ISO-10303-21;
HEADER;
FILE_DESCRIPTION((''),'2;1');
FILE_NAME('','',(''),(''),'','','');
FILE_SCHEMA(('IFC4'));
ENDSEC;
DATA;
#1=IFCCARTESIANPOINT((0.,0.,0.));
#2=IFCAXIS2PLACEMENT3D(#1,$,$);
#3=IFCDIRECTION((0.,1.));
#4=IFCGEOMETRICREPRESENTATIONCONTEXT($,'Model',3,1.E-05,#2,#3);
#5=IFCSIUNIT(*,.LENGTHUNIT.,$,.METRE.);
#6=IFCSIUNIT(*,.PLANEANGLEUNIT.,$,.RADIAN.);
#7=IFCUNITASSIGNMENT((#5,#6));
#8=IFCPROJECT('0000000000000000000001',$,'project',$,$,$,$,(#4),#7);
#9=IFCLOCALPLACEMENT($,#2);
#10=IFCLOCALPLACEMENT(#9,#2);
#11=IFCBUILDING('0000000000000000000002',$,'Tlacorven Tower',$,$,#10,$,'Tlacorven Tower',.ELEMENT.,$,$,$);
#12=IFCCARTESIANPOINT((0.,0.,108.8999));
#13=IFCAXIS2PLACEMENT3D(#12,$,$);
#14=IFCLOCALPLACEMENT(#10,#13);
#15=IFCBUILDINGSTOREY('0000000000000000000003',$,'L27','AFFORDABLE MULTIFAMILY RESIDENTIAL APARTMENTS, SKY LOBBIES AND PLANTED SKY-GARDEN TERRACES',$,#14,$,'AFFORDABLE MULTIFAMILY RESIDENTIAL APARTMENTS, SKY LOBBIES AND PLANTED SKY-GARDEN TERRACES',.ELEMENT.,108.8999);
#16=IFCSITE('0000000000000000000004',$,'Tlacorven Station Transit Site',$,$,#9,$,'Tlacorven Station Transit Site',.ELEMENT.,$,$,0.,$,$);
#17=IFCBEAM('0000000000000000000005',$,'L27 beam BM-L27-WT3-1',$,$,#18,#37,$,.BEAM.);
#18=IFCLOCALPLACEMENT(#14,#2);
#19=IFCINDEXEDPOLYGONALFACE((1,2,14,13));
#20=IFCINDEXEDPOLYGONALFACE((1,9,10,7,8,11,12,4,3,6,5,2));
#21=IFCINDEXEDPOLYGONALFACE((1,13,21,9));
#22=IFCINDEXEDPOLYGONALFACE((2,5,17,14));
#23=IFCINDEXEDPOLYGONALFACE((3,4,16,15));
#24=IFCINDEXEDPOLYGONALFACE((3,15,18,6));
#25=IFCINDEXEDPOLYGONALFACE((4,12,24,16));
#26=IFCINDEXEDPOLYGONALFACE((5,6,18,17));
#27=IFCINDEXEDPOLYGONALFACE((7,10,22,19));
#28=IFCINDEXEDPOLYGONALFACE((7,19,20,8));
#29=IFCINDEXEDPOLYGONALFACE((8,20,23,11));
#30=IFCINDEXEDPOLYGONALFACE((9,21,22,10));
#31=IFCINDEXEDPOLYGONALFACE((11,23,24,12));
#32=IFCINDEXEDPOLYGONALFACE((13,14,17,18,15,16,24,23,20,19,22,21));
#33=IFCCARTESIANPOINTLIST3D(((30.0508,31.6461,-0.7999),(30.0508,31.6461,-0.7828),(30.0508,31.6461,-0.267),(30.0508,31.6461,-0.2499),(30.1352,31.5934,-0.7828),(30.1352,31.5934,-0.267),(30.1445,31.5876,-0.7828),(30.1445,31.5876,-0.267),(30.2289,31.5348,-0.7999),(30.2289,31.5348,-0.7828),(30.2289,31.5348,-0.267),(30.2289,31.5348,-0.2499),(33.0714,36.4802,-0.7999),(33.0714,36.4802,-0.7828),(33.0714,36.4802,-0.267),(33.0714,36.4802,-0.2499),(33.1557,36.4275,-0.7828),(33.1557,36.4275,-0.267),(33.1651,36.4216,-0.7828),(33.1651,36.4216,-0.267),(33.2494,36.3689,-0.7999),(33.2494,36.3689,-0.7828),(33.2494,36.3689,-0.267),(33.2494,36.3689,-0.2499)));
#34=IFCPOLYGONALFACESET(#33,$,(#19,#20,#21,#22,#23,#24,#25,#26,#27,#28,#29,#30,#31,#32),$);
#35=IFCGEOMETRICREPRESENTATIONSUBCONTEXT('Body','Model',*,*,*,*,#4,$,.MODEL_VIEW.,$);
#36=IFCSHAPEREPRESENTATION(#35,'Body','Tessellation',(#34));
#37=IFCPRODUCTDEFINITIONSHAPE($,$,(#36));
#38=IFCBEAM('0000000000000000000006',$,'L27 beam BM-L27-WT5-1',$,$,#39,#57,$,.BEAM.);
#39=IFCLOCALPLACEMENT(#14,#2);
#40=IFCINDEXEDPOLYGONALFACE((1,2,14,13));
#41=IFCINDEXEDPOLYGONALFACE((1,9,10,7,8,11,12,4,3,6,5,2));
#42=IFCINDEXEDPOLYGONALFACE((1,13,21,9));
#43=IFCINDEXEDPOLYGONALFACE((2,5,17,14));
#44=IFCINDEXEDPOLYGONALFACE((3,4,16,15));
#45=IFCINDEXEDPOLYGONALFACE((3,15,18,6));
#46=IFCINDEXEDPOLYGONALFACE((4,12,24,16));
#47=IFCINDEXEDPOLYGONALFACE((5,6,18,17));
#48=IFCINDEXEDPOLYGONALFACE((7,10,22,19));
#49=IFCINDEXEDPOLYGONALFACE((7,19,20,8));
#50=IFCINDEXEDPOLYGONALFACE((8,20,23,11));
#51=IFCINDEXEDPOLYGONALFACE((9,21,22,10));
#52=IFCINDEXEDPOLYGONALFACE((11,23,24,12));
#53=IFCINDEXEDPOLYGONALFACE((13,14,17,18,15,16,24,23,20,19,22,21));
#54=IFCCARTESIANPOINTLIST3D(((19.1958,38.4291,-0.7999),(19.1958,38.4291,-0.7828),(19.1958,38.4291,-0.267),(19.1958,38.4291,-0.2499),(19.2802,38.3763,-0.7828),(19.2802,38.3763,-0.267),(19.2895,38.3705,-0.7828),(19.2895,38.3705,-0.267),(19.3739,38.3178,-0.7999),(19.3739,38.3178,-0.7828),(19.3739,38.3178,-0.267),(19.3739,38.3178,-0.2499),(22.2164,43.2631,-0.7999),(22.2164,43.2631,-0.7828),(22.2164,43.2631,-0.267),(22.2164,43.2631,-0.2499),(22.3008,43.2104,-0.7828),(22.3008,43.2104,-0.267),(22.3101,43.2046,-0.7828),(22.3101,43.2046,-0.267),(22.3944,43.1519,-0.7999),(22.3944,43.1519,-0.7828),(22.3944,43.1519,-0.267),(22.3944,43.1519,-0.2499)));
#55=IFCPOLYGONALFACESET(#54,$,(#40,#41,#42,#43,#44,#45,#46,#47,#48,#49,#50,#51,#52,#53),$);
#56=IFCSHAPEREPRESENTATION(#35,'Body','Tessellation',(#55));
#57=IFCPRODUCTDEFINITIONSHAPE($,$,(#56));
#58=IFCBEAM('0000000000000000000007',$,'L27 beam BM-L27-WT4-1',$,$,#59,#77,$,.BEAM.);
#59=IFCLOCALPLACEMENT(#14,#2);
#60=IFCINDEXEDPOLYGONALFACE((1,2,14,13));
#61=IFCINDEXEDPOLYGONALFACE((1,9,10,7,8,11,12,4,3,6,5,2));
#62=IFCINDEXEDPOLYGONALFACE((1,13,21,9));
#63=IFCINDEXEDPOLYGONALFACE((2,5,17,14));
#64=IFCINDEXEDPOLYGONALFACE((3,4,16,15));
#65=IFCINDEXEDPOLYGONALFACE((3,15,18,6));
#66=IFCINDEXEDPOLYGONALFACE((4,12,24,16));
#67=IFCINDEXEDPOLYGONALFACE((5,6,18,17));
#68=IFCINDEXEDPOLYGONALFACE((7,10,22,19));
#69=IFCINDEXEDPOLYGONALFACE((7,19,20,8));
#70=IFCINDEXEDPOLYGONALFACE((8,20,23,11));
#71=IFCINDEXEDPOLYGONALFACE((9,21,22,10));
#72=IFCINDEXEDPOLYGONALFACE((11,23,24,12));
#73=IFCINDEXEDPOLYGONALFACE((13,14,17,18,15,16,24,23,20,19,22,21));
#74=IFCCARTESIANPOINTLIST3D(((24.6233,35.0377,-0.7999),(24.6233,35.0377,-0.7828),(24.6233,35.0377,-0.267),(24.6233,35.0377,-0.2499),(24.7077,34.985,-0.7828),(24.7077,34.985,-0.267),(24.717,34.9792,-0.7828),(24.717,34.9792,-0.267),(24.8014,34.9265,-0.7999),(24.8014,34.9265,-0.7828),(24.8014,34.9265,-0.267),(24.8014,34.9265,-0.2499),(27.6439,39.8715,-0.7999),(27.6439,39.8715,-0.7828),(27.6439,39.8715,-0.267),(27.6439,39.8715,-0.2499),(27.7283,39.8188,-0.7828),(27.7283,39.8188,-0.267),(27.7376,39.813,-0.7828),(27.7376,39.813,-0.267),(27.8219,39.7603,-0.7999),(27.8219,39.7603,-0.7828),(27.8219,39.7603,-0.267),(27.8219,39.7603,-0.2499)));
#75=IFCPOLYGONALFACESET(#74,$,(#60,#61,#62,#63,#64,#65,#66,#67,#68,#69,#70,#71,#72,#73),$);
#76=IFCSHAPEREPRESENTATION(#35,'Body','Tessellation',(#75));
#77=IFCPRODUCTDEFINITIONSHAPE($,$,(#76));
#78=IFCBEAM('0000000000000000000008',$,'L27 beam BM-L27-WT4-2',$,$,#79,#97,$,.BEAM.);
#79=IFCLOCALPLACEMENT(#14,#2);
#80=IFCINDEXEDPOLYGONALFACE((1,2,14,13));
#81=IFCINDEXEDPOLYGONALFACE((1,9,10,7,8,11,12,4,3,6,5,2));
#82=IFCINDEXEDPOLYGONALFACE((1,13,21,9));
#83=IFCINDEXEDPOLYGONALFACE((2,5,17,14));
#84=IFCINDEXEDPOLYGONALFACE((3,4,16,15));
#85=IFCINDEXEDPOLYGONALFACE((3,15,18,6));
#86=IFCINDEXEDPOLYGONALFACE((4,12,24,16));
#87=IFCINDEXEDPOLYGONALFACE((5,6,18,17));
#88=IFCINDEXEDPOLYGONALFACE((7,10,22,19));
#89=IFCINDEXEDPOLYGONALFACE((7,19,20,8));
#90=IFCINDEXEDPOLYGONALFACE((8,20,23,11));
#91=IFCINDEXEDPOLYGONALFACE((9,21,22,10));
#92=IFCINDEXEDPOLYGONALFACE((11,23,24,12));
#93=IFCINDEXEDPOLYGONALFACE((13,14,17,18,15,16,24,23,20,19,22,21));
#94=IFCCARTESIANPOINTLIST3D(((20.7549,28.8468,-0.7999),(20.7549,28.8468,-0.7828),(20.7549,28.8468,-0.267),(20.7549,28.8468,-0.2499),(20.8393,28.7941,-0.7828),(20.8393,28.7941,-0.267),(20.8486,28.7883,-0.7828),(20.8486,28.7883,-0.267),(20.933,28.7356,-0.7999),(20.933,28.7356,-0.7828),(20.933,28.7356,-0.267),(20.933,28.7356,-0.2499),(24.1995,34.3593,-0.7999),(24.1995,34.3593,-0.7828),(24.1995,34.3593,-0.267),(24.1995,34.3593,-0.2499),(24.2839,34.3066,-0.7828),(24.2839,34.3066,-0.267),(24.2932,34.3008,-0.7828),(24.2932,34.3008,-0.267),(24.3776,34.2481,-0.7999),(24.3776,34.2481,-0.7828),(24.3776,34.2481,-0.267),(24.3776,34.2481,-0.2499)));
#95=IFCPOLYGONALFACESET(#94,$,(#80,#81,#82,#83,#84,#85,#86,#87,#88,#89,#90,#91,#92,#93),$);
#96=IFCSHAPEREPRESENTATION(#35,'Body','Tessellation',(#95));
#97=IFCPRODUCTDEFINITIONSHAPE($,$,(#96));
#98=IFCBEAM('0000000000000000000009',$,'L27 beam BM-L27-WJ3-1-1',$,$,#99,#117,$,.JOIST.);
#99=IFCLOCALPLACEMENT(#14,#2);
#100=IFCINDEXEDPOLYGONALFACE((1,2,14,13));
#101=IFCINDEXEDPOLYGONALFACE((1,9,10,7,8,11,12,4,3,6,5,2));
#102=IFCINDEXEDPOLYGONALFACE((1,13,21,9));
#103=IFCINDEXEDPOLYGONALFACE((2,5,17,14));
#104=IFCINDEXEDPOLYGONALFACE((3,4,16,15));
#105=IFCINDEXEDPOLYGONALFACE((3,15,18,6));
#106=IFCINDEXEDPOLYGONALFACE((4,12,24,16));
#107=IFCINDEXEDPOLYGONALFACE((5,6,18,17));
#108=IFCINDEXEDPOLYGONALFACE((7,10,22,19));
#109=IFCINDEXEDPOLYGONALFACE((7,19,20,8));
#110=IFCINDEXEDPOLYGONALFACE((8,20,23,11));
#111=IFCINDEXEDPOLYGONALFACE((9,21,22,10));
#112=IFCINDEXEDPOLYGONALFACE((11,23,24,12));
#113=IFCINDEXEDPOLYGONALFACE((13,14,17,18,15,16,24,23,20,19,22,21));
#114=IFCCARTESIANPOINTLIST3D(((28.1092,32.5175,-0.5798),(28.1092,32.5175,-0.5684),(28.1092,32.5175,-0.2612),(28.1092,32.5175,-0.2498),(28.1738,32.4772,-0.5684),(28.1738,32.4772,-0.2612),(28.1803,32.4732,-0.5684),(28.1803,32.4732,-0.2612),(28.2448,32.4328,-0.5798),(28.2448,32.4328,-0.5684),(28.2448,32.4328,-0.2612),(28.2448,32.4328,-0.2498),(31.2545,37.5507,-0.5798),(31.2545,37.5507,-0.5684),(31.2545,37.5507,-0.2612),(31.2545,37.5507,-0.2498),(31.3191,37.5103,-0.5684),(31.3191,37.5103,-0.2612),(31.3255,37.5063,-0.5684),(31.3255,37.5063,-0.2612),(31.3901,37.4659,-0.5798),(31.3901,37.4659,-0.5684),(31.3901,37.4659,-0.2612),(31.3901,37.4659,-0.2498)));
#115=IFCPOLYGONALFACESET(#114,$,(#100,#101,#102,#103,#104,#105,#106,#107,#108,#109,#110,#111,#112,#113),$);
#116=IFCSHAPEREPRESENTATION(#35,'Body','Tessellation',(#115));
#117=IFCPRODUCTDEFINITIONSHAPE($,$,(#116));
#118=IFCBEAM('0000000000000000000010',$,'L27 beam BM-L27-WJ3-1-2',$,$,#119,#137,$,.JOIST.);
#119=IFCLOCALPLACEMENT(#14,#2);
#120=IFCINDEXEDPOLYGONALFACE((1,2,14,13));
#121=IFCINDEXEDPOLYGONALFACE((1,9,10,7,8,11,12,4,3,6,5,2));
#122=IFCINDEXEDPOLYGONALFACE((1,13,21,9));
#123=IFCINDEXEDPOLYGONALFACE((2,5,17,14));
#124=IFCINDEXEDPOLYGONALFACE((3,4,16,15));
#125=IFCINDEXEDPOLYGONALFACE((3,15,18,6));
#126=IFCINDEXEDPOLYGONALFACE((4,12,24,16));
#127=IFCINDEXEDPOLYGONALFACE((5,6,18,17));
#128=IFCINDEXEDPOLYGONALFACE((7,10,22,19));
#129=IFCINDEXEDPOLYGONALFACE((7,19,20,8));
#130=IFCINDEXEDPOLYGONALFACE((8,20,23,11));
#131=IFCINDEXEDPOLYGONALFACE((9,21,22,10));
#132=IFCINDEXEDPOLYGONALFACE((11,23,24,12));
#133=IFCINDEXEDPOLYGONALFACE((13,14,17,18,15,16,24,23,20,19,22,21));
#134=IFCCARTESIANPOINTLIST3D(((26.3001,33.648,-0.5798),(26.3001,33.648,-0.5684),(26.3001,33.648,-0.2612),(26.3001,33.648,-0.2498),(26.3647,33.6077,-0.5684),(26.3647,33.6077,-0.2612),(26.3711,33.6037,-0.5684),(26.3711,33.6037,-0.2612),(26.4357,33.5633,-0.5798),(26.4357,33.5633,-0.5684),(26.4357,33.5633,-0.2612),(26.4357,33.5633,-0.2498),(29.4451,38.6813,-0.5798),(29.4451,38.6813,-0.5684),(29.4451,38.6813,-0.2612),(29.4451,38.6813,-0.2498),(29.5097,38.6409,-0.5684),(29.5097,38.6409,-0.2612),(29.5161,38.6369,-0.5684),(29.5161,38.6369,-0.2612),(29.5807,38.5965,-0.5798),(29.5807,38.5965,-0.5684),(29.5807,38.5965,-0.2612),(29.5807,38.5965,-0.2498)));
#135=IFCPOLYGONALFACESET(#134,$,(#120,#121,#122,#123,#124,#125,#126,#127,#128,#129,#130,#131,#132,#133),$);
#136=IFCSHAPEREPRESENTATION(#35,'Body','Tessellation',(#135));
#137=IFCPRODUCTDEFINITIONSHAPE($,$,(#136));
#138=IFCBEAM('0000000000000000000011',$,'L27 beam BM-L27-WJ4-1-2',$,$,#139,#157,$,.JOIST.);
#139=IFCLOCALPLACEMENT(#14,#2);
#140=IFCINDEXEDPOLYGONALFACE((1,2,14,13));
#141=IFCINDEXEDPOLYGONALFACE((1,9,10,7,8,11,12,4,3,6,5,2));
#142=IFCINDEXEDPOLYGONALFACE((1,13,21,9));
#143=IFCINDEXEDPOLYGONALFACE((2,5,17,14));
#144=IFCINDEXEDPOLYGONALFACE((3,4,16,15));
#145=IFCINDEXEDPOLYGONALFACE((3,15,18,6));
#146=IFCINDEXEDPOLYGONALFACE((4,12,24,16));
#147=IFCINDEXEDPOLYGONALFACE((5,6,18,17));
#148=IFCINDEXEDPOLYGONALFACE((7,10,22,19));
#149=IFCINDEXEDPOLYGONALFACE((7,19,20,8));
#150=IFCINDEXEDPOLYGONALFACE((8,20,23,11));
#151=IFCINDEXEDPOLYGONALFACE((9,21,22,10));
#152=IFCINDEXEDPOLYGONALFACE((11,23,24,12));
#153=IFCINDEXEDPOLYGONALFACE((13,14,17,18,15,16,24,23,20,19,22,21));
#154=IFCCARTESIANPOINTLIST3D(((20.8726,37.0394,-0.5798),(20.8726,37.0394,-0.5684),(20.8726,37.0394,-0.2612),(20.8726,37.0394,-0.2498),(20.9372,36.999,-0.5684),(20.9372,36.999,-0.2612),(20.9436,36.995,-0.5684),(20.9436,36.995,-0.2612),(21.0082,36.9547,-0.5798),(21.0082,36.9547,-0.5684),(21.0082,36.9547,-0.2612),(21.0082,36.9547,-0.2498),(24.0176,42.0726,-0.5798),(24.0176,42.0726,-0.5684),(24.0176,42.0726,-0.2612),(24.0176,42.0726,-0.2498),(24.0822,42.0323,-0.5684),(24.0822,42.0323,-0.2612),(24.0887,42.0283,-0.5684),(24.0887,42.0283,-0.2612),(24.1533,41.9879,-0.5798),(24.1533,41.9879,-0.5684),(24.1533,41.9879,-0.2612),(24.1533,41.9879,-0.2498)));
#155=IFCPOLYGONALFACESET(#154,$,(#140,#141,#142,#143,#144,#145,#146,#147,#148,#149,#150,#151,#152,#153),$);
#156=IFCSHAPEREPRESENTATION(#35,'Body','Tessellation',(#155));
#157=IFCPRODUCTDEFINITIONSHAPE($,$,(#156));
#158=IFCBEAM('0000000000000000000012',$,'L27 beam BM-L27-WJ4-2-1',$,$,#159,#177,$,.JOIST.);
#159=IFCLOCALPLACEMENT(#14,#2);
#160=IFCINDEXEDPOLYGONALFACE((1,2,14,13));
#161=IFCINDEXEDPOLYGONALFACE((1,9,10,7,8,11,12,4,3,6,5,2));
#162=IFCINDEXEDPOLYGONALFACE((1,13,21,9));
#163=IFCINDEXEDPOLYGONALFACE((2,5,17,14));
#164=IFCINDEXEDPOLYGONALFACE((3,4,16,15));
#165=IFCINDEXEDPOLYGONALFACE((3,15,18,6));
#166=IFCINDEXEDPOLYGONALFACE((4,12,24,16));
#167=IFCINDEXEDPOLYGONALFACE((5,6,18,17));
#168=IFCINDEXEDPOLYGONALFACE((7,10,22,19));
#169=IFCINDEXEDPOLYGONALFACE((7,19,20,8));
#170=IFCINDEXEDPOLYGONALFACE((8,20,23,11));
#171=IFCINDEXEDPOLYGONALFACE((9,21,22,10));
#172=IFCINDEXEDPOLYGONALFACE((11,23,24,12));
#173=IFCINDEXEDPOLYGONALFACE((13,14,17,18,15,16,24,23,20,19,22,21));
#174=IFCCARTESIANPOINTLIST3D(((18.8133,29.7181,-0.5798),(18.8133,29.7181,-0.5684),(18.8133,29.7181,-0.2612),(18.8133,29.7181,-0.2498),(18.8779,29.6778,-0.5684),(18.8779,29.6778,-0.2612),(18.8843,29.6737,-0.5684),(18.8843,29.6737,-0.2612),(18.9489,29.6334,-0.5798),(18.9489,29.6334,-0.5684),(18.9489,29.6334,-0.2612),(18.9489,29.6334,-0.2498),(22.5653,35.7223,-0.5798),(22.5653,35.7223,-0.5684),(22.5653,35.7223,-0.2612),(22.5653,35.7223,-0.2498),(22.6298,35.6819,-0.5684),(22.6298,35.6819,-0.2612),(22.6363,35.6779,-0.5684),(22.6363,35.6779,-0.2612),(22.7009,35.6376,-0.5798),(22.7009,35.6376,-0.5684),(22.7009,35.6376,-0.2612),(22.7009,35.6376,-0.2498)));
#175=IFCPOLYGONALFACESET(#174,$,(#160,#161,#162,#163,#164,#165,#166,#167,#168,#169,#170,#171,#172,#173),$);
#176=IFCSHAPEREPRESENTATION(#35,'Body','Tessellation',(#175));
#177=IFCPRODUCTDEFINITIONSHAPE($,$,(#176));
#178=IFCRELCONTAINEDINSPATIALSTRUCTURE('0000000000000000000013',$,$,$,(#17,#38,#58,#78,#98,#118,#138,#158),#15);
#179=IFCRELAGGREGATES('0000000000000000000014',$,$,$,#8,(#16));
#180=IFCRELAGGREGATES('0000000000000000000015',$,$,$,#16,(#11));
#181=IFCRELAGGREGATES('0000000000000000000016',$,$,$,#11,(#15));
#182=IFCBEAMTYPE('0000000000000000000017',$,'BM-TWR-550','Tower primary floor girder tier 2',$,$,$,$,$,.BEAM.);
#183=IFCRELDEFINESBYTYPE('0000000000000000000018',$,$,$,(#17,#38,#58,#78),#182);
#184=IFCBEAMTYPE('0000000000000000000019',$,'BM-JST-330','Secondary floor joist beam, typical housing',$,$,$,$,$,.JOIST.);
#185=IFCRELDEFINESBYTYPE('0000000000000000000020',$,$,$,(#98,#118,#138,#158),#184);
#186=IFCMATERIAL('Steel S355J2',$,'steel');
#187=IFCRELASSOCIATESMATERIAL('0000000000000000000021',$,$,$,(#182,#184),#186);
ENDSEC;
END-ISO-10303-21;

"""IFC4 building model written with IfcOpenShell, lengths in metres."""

from ifc_helpers import new_model, si_unit, direction, frame, origin, origin_2d, place, context, subcontext, project, spatial, i_section, extrude, source, transform, mapped, material, material_profile, profile_set, type_object, element, save


model = new_model("IFC4")

# Units and contexts
model_context = context("Model", 3, precision=1e-05, world=origin(), true_north=direction((0.0, 1.0)))
body_context = subcontext(model_context, "Body", "Model", "MODEL_VIEW")
ifc_project = project(units=[si_unit("LENGTHUNIT", "METRE"), si_unit("PLANEANGLEUNIT", "RADIAN")], contexts=[model_context])

# Site, building, storey
site_placement = place(None, origin())
site = spatial("IfcSite", under=ifc_project, at=site_placement, Name="Tlacorven Station Transit Site", LongName="Tlacorven Station Transit Site", CompositionType="ELEMENT", RefElevation=0.0)
building_placement = place(site_placement, origin())
building = spatial("IfcBuilding", under=site, at=building_placement, Name="Tlacorven Tower", LongName="Tlacorven Tower", CompositionType="ELEMENT")
storey_placement = place(building_placement, frame((0.0, 0.0, 108.8999)))
storey = spatial("IfcBuildingStorey", under=building, at=storey_placement, Name="L27", Description="AFFORDABLE MULTIFAMILY RESIDENTIAL APARTMENTS, SKY LOBBIES AND PLANTED SKY-GARDEN TERRACES", LongName="AFFORDABLE MULTIFAMILY RESIDENTIAL APARTMENTS, SKY LOBBIES AND PLANTED SKY-GARDEN TERRACES", CompositionType="ELEMENT", Elevation=108.8999)

# Beams
ifc_material_1 = material(Name="Steel S355J2", Category="steel")
ifc_material_profile_1 = material_profile(ifc_material_1, i_section(OverallWidth=0.21, OverallDepth=0.55, WebThickness=0.011, FlangeThickness=0.0171, at=origin_2d()), Name="IPE 550")
ifc_profile_set_1 = profile_set([ifc_material_profile_1], Name="Steel S355J2")
beam_type_1 = type_object("IfcBeamType", Name="BM-TWR-550", Description="Tower primary floor girder tier 2", PredefinedType="BEAM", material=ifc_profile_set_1)
shared_shape_1 = source(origin(), body_context, "Body", "SweptSolid", [
    extrude(i_section(OverallWidth=0.21, OverallDepth=0.55, WebThickness=0.011, FlangeThickness=0.0171, at=origin_2d()), origin(), (0.0, 0.0, 1.0), 5.7002),
])
for number, where, z_axis, x_axis, name in (
    (1, (33.1604, 36.4246, -0.5249), (-0.529907, -0.848056, 0.0), (0.848056, -0.529907, 0.0), "L27 beam BM-L27-WT3-1"),
    (2, (22.3054, 43.2075, -0.5249), (-0.529907, -0.848056, 0.0), (0.848056, -0.529907, 0.0), "L27 beam BM-L27-WT5-1"),
):
    element("IfcBeam", number, at=place(storey_placement, frame(where, z_axis=z_axis, x_axis=x_axis)), inside=storey, type_object=beam_type_1, Name=name, PredefinedType="BEAM", context=body_context, shape_type="MappedRepresentation", body=[
        mapped(shared_shape_1, transform((0.0, 0.0, 0.0), scale=1.0)),
    ])
shared_shape_2 = source(origin(), body_context, "Body", "SweptSolid", [
    extrude(i_section(OverallWidth=0.21, OverallDepth=0.55, WebThickness=0.011, FlangeThickness=0.0171, at=origin_2d()), origin(), (0.0, 0.0, 1.0), 5.7),
])
beam_1_placement = place(storey_placement, frame((27.7329, 39.8159, -0.5249), z_axis=(-0.529926, -0.848044, 0.0), x_axis=(0.848044, -0.529926, 0.0)))
element("IfcBeam", 3, at=beam_1_placement, inside=storey, type_object=beam_type_1, Name="L27 beam BM-L27-WT4-1", PredefinedType="BEAM", context=body_context, shape_type="MappedRepresentation", body=[
    mapped(shared_shape_2, transform((0.0, 0.0, 0.0), scale=1.0)),
])
shared_shape_3 = source(origin(), body_context, "Body", "SweptSolid", [
    extrude(i_section(OverallWidth=0.21, OverallDepth=0.55, WebThickness=0.011, FlangeThickness=0.0171, at=origin_2d()), origin(), (0.0, 0.0, 1.0), 6.5002),
])
beam_2_placement = place(storey_placement, frame((24.2886, 34.3037, -0.5249), z_axis=(-0.529921, -0.848047, 0.0), x_axis=(0.848047, -0.529921, 0.0)))
element("IfcBeam", 4, at=beam_2_placement, inside=storey, type_object=beam_type_1, Name="L27 beam BM-L27-WT4-2", PredefinedType="BEAM", context=body_context, shape_type="MappedRepresentation", body=[
    mapped(shared_shape_3, transform((0.0, 0.0, 0.0), scale=1.0)),
])
ifc_material_profile_2 = material_profile(ifc_material_1, i_section(OverallWidth=0.1599, OverallDepth=0.3301, WebThickness=0.0076, FlangeThickness=0.0115, at=origin_2d()), Name="IPE 330")
ifc_profile_set_2 = profile_set([ifc_material_profile_2], Name="Steel S355J2")
beam_type_2 = type_object("IfcBeamType", Name="BM-JST-330", Description="Secondary floor joist beam, typical housing", PredefinedType="JOIST", material=ifc_profile_set_2)
shared_shape_4 = source(origin(), body_context, "Body", "SweptSolid", [
    extrude(i_section(OverallWidth=0.1599, OverallDepth=0.3301, WebThickness=0.0076, FlangeThickness=0.0115, at=origin_2d()), origin(), (0.0, 0.0, 1.0), 5.9351),
])
for number, where, z_axis, x_axis, name in (
    (5, (31.3223, 37.5083, -0.4148), (-0.52994, -0.848035, 0.0), (0.848035, -0.52994, 0.0), "L27 beam BM-L27-WJ3-1-1"),
    (6, (29.5129, 38.6389, -0.4148), (-0.52991, -0.848054, 0.0), (0.848054, -0.52991, 0.0), "L27 beam BM-L27-WJ3-1-2"),
    (7, (24.0854, 42.0303, -0.4148), (-0.52991, -0.848054, 0.0), (0.848054, -0.52991, 0.0), "L27 beam BM-L27-WJ4-1-2"),
):
    element("IfcBeam", number, at=place(storey_placement, frame(where, z_axis=z_axis, x_axis=x_axis)), inside=storey, type_object=beam_type_2, Name=name, PredefinedType="JOIST", context=body_context, shape_type="MappedRepresentation", body=[
        mapped(shared_shape_4, transform((0.0, 0.0, 0.0), scale=1.0)),
    ])
shared_shape_5 = source(origin(), body_context, "Body", "SweptSolid", [
    extrude(i_section(OverallWidth=0.1599, OverallDepth=0.3301, WebThickness=0.0076, FlangeThickness=0.0115, at=origin_2d()), origin(), (0.0, 0.0, 1.0), 7.0801),
])
beam_3_placement = place(storey_placement, frame((22.6331, 35.6799, -0.4148), z_axis=(-0.529934, -0.848039, 0.0), x_axis=(0.848039, -0.529934, 0.0)))
element("IfcBeam", 8, at=beam_3_placement, inside=storey, type_object=beam_type_2, Name="L27 beam BM-L27-WJ4-2-1", PredefinedType="JOIST", context=body_context, shape_type="MappedRepresentation", body=[
    mapped(shared_shape_5, transform((0.0, 0.0, 0.0), scale=1.0)),
])

save(model, "model.ifc")
